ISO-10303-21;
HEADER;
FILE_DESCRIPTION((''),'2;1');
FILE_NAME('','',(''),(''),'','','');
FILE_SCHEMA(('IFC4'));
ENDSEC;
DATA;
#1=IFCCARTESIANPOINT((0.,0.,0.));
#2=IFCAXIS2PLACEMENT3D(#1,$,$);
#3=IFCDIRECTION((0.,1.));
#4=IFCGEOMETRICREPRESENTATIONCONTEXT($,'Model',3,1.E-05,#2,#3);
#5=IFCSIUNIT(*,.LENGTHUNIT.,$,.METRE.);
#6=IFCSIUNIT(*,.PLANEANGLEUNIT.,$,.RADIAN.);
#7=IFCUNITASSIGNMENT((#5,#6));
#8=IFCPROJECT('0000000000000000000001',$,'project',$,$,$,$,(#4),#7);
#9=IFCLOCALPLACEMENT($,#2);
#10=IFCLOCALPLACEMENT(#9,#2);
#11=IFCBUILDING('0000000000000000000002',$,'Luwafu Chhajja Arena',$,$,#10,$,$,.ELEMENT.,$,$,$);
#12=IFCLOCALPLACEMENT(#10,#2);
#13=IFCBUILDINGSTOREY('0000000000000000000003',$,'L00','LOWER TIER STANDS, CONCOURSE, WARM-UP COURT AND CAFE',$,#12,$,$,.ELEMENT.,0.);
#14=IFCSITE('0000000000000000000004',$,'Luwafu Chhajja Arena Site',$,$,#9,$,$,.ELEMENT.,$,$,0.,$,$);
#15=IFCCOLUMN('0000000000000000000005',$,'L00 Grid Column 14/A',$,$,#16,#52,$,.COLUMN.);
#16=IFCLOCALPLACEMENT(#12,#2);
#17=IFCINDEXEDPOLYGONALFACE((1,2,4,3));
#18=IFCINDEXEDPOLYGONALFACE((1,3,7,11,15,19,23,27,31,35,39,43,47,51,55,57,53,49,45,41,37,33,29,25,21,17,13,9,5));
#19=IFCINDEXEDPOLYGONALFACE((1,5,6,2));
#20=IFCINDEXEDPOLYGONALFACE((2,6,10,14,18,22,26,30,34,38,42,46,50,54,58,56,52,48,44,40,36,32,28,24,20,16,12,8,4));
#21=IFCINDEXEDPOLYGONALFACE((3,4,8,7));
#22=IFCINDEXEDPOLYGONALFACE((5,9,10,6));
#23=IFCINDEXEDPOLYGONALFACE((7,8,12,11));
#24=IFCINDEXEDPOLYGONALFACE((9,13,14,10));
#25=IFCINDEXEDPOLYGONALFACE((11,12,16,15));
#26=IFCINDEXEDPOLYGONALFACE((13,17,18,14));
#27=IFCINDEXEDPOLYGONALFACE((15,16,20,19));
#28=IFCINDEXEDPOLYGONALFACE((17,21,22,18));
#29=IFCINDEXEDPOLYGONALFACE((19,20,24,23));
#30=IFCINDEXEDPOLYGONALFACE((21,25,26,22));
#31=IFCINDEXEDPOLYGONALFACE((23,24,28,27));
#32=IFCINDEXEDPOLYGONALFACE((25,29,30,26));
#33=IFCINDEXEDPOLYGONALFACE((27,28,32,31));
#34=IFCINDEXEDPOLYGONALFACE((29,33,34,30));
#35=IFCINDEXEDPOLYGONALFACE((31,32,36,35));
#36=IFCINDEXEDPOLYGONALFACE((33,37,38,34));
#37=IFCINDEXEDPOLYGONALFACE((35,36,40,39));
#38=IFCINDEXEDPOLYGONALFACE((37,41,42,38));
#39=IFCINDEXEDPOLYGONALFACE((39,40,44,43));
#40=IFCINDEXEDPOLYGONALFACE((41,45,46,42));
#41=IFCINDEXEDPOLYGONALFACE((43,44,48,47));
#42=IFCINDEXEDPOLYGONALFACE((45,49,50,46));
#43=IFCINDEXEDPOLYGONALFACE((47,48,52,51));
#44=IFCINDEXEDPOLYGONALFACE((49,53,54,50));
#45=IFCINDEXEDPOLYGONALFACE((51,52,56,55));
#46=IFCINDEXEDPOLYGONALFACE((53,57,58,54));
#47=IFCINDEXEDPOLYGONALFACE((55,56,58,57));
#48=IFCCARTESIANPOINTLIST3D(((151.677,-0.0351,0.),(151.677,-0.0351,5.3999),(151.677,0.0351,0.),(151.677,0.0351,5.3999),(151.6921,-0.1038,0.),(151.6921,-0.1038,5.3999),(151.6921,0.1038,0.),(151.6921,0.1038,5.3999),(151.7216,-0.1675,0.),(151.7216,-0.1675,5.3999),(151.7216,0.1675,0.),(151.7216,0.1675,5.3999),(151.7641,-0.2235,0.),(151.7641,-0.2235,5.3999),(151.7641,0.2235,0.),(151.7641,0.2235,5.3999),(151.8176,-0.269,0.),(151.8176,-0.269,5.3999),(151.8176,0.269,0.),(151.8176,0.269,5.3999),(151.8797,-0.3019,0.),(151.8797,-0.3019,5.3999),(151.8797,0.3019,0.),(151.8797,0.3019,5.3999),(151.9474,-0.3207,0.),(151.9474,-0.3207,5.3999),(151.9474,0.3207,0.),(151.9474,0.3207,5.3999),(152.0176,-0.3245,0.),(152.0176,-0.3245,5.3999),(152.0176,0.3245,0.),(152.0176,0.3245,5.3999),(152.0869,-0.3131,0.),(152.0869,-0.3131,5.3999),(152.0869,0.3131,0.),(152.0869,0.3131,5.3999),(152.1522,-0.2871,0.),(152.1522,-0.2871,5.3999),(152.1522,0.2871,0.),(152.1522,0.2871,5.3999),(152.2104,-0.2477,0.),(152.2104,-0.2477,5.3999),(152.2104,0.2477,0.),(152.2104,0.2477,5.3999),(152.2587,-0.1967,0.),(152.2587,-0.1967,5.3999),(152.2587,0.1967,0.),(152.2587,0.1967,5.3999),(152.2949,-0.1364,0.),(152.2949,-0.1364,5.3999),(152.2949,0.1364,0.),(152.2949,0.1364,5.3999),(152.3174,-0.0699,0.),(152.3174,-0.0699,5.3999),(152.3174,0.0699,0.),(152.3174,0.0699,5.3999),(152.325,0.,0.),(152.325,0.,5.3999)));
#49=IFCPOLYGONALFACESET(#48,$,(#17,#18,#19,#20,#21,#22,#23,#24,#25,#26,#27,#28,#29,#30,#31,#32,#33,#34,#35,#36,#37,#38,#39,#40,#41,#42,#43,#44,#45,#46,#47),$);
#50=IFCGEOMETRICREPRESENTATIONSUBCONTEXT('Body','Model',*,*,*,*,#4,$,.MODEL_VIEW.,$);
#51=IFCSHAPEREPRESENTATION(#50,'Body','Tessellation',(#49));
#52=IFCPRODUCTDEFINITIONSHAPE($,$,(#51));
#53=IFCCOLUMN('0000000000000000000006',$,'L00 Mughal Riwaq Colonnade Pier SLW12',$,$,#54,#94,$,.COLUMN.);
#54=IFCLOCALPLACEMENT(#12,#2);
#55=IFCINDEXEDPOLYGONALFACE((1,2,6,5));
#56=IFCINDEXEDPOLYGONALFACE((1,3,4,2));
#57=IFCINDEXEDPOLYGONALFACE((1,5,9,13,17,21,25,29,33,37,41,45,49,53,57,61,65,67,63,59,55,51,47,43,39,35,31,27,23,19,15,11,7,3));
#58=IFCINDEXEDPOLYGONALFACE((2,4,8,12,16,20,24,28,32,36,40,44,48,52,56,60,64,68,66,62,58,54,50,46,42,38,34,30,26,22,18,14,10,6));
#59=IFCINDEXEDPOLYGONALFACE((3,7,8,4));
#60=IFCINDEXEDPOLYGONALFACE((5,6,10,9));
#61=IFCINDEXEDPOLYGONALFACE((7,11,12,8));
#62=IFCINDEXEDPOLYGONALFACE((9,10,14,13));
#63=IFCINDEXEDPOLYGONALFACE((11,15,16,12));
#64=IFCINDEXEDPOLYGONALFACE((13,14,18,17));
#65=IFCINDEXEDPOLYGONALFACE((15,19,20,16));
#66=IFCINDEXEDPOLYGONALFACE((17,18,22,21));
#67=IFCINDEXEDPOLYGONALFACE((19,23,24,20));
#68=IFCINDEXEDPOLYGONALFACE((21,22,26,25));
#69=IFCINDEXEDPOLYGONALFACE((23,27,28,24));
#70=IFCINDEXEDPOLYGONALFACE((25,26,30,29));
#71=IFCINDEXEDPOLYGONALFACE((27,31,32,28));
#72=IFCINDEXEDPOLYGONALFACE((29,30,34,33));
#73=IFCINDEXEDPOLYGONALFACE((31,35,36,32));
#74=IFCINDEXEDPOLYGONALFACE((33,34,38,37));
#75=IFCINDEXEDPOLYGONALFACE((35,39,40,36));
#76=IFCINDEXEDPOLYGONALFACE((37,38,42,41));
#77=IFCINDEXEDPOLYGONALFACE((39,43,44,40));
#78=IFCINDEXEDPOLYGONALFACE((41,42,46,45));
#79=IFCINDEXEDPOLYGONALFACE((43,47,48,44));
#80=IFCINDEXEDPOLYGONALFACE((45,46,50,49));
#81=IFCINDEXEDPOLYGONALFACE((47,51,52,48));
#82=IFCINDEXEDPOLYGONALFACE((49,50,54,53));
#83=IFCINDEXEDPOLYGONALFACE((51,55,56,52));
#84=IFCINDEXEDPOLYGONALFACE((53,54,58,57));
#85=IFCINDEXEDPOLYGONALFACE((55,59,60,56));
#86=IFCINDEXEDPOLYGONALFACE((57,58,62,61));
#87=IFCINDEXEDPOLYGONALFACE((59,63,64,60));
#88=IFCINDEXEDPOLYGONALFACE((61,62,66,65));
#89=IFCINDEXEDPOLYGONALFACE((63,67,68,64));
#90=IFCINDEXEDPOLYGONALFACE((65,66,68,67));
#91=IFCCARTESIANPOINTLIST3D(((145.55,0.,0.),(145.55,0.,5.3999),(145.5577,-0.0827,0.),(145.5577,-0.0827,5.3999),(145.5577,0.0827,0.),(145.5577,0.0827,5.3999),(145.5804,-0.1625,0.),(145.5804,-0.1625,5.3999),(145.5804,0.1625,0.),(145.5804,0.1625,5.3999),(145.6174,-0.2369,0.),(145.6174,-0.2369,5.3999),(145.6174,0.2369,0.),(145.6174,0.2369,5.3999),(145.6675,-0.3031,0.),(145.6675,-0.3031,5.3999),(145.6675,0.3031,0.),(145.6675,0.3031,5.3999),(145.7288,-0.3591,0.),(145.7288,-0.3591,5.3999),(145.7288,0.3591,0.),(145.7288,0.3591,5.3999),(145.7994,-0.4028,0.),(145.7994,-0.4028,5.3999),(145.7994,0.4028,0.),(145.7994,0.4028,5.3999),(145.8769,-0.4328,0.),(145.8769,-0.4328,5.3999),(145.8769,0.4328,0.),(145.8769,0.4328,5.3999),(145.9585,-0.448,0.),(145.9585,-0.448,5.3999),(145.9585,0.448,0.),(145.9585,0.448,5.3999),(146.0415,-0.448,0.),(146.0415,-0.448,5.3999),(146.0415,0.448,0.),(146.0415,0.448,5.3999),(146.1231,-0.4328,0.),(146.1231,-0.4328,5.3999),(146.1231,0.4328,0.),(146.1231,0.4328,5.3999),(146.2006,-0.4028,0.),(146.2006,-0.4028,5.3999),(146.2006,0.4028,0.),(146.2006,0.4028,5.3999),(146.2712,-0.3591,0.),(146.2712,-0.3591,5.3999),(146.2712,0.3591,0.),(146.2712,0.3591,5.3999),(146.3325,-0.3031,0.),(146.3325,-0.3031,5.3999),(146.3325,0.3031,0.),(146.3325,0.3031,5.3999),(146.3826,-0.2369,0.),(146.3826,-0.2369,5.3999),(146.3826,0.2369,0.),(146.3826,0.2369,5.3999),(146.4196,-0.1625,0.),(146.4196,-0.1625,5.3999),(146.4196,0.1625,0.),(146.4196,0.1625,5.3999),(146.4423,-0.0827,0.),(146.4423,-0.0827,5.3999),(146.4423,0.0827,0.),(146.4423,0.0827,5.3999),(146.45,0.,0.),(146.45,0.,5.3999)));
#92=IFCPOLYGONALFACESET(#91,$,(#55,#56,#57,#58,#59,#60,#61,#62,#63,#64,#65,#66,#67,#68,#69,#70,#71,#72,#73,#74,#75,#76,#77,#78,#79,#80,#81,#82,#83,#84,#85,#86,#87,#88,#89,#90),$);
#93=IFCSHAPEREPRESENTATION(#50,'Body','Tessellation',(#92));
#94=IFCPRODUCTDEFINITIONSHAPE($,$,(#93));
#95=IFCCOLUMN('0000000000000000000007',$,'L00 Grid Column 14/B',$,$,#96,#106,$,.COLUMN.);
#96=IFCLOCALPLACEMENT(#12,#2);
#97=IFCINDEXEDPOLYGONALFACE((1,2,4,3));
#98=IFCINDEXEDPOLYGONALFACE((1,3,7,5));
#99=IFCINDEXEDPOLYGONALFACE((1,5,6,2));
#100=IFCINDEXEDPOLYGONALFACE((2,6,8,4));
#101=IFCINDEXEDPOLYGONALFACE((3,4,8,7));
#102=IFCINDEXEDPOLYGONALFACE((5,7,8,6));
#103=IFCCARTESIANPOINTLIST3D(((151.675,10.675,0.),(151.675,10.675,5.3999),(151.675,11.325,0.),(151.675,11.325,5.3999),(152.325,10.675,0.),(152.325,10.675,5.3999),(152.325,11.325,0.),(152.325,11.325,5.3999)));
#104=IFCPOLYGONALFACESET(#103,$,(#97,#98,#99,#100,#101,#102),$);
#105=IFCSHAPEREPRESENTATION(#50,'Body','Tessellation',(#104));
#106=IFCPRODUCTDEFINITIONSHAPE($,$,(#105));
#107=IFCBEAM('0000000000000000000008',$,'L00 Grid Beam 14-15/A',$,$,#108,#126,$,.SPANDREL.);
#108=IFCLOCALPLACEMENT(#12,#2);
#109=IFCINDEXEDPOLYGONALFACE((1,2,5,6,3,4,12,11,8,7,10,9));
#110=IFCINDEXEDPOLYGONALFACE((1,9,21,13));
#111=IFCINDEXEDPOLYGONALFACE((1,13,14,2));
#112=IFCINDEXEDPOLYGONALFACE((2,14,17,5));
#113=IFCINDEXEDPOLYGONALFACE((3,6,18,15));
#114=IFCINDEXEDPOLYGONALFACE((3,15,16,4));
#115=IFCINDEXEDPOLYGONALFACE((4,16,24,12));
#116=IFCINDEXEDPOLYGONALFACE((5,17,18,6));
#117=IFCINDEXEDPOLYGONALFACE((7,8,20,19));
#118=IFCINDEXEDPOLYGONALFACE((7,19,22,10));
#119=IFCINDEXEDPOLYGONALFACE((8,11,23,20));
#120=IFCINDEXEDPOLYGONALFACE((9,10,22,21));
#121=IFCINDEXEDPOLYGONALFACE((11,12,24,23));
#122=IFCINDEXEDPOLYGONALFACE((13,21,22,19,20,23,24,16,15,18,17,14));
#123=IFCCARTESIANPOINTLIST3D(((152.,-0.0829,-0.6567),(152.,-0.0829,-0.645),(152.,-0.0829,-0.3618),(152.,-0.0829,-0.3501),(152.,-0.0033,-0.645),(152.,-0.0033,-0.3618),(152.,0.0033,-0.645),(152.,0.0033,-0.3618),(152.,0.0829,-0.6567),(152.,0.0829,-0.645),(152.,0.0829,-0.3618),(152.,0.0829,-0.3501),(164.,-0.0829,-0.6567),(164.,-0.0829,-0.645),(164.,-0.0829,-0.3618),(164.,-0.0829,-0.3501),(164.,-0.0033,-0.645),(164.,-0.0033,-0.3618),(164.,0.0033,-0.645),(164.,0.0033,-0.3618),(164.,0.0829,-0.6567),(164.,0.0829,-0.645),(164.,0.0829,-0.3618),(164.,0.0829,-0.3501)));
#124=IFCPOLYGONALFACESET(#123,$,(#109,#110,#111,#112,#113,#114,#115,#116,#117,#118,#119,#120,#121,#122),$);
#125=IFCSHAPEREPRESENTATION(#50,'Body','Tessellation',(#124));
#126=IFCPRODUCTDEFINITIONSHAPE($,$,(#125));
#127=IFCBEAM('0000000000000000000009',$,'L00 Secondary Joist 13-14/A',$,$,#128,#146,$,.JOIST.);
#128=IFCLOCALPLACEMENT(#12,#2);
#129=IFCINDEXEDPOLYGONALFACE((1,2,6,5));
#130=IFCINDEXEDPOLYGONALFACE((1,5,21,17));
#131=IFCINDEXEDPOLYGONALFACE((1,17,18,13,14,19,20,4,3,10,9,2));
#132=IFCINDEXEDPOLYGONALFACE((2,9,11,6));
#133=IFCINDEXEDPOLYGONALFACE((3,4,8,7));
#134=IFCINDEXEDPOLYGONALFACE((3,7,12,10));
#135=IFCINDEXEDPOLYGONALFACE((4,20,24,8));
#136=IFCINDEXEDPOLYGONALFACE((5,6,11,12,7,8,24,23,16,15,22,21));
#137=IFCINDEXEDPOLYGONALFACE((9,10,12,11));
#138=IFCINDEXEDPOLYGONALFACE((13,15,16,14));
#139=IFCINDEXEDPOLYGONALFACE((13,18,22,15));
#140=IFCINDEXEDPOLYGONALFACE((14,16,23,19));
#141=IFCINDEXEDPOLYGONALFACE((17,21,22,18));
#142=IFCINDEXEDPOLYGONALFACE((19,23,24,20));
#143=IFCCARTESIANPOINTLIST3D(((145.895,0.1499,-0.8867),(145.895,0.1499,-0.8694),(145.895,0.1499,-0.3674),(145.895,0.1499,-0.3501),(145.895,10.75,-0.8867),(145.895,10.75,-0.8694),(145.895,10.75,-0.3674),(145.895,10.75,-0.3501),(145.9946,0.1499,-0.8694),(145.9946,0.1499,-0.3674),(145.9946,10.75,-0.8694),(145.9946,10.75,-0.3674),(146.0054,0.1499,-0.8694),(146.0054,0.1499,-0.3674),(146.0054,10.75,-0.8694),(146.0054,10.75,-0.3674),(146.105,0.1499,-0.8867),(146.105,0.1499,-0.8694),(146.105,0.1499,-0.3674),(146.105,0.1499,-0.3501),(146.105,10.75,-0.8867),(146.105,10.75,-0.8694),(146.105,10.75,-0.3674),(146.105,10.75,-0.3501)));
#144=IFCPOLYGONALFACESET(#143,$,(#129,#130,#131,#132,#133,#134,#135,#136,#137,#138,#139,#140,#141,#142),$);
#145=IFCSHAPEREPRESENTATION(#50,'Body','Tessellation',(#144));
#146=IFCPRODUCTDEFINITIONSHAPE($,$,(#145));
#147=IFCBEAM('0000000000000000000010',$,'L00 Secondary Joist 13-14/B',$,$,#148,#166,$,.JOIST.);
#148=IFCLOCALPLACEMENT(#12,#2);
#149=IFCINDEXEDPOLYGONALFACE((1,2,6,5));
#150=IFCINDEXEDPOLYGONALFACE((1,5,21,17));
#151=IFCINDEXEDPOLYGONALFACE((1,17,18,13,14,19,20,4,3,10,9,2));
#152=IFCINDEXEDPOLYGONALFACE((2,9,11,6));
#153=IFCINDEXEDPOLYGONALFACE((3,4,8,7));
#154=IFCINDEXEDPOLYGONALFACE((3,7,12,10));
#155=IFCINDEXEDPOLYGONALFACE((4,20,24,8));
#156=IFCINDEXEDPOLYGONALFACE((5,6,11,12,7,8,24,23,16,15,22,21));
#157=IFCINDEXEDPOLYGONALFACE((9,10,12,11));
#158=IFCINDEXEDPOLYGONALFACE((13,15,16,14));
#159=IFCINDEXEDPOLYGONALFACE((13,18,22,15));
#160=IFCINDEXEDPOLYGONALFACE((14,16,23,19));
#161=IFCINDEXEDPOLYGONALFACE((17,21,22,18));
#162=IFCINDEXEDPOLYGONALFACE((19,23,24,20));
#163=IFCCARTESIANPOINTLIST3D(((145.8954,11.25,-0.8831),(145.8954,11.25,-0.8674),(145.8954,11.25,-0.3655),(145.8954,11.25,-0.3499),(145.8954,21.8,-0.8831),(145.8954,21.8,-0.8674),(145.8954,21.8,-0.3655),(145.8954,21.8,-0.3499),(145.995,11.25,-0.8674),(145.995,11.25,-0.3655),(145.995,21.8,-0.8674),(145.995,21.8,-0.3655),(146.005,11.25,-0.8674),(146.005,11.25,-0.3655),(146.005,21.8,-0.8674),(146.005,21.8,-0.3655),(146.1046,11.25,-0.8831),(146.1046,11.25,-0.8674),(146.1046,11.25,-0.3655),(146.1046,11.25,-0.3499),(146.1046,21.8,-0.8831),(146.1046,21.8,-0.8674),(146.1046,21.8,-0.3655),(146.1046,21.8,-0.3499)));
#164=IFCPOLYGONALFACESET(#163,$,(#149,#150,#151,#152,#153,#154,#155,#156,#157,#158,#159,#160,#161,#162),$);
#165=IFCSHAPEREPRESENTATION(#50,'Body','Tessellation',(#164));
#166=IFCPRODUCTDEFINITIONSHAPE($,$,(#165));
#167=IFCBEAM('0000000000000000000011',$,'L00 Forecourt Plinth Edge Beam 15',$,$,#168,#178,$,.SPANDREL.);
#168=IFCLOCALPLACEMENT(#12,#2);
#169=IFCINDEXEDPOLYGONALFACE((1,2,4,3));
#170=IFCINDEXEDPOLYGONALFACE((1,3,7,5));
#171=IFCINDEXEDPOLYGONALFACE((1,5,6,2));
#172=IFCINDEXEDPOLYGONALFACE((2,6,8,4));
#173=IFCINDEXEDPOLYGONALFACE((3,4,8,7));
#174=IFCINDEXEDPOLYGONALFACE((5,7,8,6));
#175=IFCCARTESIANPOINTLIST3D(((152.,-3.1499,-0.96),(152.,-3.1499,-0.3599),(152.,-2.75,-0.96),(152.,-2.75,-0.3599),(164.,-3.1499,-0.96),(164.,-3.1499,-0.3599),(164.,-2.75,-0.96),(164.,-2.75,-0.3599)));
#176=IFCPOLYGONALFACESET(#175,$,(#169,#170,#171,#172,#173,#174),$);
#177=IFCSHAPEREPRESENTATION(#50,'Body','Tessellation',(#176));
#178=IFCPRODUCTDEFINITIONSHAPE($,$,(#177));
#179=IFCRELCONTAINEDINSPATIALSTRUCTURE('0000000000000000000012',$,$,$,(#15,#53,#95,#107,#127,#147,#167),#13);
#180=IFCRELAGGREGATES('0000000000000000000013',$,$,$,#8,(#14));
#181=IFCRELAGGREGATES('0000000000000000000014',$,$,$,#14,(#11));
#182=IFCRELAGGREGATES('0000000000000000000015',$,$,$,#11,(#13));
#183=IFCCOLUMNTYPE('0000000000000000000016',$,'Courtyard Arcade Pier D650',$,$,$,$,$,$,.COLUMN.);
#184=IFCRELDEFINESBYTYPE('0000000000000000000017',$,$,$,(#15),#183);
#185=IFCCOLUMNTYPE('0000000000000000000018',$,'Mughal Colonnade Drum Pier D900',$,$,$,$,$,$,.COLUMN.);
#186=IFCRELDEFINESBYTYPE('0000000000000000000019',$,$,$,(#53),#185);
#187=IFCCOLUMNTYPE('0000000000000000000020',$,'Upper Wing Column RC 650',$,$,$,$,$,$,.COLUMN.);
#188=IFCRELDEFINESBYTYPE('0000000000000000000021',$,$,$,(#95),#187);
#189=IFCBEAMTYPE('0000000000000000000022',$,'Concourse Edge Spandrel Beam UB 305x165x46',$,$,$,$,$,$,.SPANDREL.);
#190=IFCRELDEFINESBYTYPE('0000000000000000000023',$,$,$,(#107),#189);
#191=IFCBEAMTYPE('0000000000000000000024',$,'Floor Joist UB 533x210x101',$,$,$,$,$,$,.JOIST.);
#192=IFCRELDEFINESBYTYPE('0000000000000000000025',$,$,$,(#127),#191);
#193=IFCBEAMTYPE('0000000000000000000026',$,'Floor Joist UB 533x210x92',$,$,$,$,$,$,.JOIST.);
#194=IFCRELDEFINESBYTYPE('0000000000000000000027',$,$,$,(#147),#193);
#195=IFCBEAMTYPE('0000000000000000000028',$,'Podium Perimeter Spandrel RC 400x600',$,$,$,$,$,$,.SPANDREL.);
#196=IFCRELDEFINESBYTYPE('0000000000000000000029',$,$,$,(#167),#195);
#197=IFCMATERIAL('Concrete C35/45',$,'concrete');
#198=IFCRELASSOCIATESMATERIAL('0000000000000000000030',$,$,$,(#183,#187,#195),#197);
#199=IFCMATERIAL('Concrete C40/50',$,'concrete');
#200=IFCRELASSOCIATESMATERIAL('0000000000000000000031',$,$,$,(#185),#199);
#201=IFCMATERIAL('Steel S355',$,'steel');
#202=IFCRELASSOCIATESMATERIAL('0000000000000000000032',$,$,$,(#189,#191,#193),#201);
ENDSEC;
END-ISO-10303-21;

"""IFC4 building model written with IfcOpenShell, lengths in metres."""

from ifc_helpers import new_model, si_unit, direction, frame, origin, origin_2d, place, context, subcontext, project, spatial, rectangle, circle, i_section, extrude, material, material_profile, profile_set, type_object, element, save


model = new_model("IFC4")

# Units and contexts
model_context = context("Model", 3, precision=1e-05, world=origin(), true_north=direction((0.0, 1.0)))
body_context = subcontext(model_context, "Body", "Model", "MODEL_VIEW")
ifc_project = project(units=[si_unit("LENGTHUNIT", "METRE"), si_unit("PLANEANGLEUNIT", "RADIAN")], contexts=[model_context])

# Site, building, storey
site_placement = place(None, origin())
site = spatial("IfcSite", under=ifc_project, at=site_placement, Name="Luwafu Chhajja Arena Site", CompositionType="ELEMENT", RefElevation=0.0)
building_placement = place(site_placement, origin())
building = spatial("IfcBuilding", under=site, at=building_placement, Name="Luwafu Chhajja Arena", CompositionType="ELEMENT")
storey_placement = place(building_placement, origin())
storey = spatial("IfcBuildingStorey", under=building, at=storey_placement, Name="L00", Description="LOWER TIER STANDS, CONCOURSE, WARM-UP COURT AND CAFE", CompositionType="ELEMENT", Elevation=0.0)

# Columns
ifc_material_1 = material(Name="Concrete C35/45", Category="concrete")
ifc_material_profile_1 = material_profile(ifc_material_1, circle(Radius=0.325, at=origin_2d()), Name="RC COL D650")
ifc_profile_set_1 = profile_set([ifc_material_profile_1], Name="Concrete C35/45")
column_type_1 = type_object("IfcColumnType", Name="Courtyard Arcade Pier D650", PredefinedType="COLUMN", material=ifc_profile_set_1)
column_1_placement = place(storey_placement, frame((152.0, 0.0, 0.0), z_axis=(0.0, 0.0, 1.0), x_axis=(1.0, 0.0, 0.0)))
element("IfcColumn", 1, at=column_1_placement, inside=storey, type_object=column_type_1, Name="L00 Grid Column 14/A", PredefinedType="COLUMN", context=body_context, shape_type="SweptSolid", body=[
    extrude(circle(Radius=0.325, at=origin_2d()), origin(), (0.0, 0.0, 1.0), 5.3999),
])
ifc_material_2 = material(Name="Concrete C40/50", Category="concrete")
ifc_material_profile_2 = material_profile(ifc_material_2, circle(Radius=0.45, at=origin_2d()), Name="RC COL D900")
ifc_profile_set_2 = profile_set([ifc_material_profile_2], Name="Concrete C40/50")
column_type_2 = type_object("IfcColumnType", Name="Mughal Colonnade Drum Pier D900", PredefinedType="COLUMN", material=ifc_profile_set_2)
column_2_placement = place(storey_placement, frame((146.0, 0.0, 0.0), z_axis=(0.0, 0.0, 1.0), x_axis=(1.0, 0.0, 0.0)))
element("IfcColumn", 2, at=column_2_placement, inside=storey, type_object=column_type_2, Name="L00 Mughal Riwaq Colonnade Pier SLW12", PredefinedType="COLUMN", context=body_context, shape_type="SweptSolid", body=[
    extrude(circle(Radius=0.45, at=origin_2d()), origin(), (0.0, 0.0, 1.0), 5.3999),
])
ifc_material_profile_3 = material_profile(ifc_material_1, rectangle(XDim=0.6499, YDim=0.6499, at=origin_2d()), Name="RC 650x650")
ifc_profile_set_3 = profile_set([ifc_material_profile_3], Name="Concrete C35/45")
column_type_3 = type_object("IfcColumnType", Name="Upper Wing Column RC 650", PredefinedType="COLUMN", material=ifc_profile_set_3)
column_3_placement = place(storey_placement, frame((152.0, 11.0, 0.0), z_axis=(0.0, 0.0, 1.0), x_axis=(1.0, 0.0, 0.0)))
element("IfcColumn", 3, at=column_3_placement, inside=storey, type_object=column_type_3, Name="L00 Grid Column 14/B", PredefinedType="COLUMN", context=body_context, shape_type="SweptSolid", body=[
    extrude(rectangle(XDim=0.6499, YDim=0.6499, at=origin_2d()), origin(), (0.0, 0.0, 1.0), 5.3999),
])

# Beams
ifc_material_3 = material(Name="Steel S355", Category="steel")
ifc_material_profile_4 = material_profile(ifc_material_3, i_section(OverallWidth=0.1658, OverallDepth=0.3066, WebThickness=0.0066, FlangeThickness=0.0117, at=origin_2d()), Name="UB 305x165x46")
ifc_profile_set_4 = profile_set([ifc_material_profile_4], Name="Steel S355")
beam_type_1 = type_object("IfcBeamType", Name="Concourse Edge Spandrel Beam UB 305x165x46", PredefinedType="SPANDREL", material=ifc_profile_set_4)
beam_1_placement = place(storey_placement, frame((152.0, 0.0, -0.5034), z_axis=(1.0, 0.0, 0.0), x_axis=(0.0, 1.0, 0.0)))
element("IfcBeam", 4, at=beam_1_placement, inside=storey, type_object=beam_type_1, Name="L00 Grid Beam 14-15/A", PredefinedType="SPANDREL", context=body_context, shape_type="SweptSolid", body=[
    extrude(i_section(OverallWidth=0.1658, OverallDepth=0.3066, WebThickness=0.0066, FlangeThickness=0.0117, at=origin_2d()), origin(), (0.0, 0.0, 1.0), 12.0),
])
ifc_material_profile_5 = material_profile(ifc_material_3, i_section(OverallWidth=0.21, OverallDepth=0.5366, WebThickness=0.0107, FlangeThickness=0.0173, at=origin_2d()), Name="UB 533x210x101")
ifc_profile_set_5 = profile_set([ifc_material_profile_5], Name="Steel S355")
beam_type_2 = type_object("IfcBeamType", Name="Floor Joist UB 533x210x101", PredefinedType="JOIST", material=ifc_profile_set_5)
beam_2_placement = place(storey_placement, frame((146.0, 0.1499, -0.6184), z_axis=(0.0, 1.0, 0.0), x_axis=(-1.0, 0.0, 0.0)))
element("IfcBeam", 5, at=beam_2_placement, inside=storey, type_object=beam_type_2, Name="L00 Secondary Joist 13-14/A", PredefinedType="JOIST", context=body_context, shape_type="SweptSolid", body=[
    extrude(i_section(OverallWidth=0.21, OverallDepth=0.5366, WebThickness=0.0107, FlangeThickness=0.0173, at=origin_2d()), origin(), (0.0, 0.0, 1.0), 10.6001),
])
ifc_material_profile_6 = material_profile(ifc_material_3, i_section(OverallWidth=0.2092, OverallDepth=0.5332, WebThickness=0.01, FlangeThickness=0.0156, at=origin_2d()), Name="UB 533x210x92")
ifc_profile_set_6 = profile_set([ifc_material_profile_6], Name="Steel S355")
beam_type_3 = type_object("IfcBeamType", Name="Floor Joist UB 533x210x92", PredefinedType="JOIST", material=ifc_profile_set_6)
beam_3_placement = place(storey_placement, frame((146.0, 11.25, -0.6165), z_axis=(0.0, 1.0, 0.0), x_axis=(-1.0, 0.0, 0.0)))
element("IfcBeam", 6, at=beam_3_placement, inside=storey, type_object=beam_type_3, Name="L00 Secondary Joist 13-14/B", PredefinedType="JOIST", context=body_context, shape_type="SweptSolid", body=[
    extrude(i_section(OverallWidth=0.2092, OverallDepth=0.5332, WebThickness=0.01, FlangeThickness=0.0156, at=origin_2d()), origin(), (0.0, 0.0, 1.0), 10.55),
])
ifc_material_profile_7 = material_profile(ifc_material_1, rectangle(XDim=0.3999, YDim=0.6001, at=origin_2d()), Name="RC 400x600")
ifc_profile_set_7 = profile_set([ifc_material_profile_7], Name="Concrete C35/45")
beam_type_4 = type_object("IfcBeamType", Name="Podium Perimeter Spandrel RC 400x600", PredefinedType="SPANDREL", material=ifc_profile_set_7)
beam_4_placement = place(storey_placement, frame((152.0, -2.95, -0.6599), z_axis=(1.0, 0.0, 0.0), x_axis=(0.0, 1.0, 0.0)))
element("IfcBeam", 7, at=beam_4_placement, inside=storey, type_object=beam_type_4, Name="L00 Forecourt Plinth Edge Beam 15", PredefinedType="SPANDREL", context=body_context, shape_type="SweptSolid", body=[
    extrude(rectangle(XDim=0.3999, YDim=0.6001, at=origin_2d()), origin(), (0.0, 0.0, 1.0), 12.0),
])

save(model, "model.ifc")
